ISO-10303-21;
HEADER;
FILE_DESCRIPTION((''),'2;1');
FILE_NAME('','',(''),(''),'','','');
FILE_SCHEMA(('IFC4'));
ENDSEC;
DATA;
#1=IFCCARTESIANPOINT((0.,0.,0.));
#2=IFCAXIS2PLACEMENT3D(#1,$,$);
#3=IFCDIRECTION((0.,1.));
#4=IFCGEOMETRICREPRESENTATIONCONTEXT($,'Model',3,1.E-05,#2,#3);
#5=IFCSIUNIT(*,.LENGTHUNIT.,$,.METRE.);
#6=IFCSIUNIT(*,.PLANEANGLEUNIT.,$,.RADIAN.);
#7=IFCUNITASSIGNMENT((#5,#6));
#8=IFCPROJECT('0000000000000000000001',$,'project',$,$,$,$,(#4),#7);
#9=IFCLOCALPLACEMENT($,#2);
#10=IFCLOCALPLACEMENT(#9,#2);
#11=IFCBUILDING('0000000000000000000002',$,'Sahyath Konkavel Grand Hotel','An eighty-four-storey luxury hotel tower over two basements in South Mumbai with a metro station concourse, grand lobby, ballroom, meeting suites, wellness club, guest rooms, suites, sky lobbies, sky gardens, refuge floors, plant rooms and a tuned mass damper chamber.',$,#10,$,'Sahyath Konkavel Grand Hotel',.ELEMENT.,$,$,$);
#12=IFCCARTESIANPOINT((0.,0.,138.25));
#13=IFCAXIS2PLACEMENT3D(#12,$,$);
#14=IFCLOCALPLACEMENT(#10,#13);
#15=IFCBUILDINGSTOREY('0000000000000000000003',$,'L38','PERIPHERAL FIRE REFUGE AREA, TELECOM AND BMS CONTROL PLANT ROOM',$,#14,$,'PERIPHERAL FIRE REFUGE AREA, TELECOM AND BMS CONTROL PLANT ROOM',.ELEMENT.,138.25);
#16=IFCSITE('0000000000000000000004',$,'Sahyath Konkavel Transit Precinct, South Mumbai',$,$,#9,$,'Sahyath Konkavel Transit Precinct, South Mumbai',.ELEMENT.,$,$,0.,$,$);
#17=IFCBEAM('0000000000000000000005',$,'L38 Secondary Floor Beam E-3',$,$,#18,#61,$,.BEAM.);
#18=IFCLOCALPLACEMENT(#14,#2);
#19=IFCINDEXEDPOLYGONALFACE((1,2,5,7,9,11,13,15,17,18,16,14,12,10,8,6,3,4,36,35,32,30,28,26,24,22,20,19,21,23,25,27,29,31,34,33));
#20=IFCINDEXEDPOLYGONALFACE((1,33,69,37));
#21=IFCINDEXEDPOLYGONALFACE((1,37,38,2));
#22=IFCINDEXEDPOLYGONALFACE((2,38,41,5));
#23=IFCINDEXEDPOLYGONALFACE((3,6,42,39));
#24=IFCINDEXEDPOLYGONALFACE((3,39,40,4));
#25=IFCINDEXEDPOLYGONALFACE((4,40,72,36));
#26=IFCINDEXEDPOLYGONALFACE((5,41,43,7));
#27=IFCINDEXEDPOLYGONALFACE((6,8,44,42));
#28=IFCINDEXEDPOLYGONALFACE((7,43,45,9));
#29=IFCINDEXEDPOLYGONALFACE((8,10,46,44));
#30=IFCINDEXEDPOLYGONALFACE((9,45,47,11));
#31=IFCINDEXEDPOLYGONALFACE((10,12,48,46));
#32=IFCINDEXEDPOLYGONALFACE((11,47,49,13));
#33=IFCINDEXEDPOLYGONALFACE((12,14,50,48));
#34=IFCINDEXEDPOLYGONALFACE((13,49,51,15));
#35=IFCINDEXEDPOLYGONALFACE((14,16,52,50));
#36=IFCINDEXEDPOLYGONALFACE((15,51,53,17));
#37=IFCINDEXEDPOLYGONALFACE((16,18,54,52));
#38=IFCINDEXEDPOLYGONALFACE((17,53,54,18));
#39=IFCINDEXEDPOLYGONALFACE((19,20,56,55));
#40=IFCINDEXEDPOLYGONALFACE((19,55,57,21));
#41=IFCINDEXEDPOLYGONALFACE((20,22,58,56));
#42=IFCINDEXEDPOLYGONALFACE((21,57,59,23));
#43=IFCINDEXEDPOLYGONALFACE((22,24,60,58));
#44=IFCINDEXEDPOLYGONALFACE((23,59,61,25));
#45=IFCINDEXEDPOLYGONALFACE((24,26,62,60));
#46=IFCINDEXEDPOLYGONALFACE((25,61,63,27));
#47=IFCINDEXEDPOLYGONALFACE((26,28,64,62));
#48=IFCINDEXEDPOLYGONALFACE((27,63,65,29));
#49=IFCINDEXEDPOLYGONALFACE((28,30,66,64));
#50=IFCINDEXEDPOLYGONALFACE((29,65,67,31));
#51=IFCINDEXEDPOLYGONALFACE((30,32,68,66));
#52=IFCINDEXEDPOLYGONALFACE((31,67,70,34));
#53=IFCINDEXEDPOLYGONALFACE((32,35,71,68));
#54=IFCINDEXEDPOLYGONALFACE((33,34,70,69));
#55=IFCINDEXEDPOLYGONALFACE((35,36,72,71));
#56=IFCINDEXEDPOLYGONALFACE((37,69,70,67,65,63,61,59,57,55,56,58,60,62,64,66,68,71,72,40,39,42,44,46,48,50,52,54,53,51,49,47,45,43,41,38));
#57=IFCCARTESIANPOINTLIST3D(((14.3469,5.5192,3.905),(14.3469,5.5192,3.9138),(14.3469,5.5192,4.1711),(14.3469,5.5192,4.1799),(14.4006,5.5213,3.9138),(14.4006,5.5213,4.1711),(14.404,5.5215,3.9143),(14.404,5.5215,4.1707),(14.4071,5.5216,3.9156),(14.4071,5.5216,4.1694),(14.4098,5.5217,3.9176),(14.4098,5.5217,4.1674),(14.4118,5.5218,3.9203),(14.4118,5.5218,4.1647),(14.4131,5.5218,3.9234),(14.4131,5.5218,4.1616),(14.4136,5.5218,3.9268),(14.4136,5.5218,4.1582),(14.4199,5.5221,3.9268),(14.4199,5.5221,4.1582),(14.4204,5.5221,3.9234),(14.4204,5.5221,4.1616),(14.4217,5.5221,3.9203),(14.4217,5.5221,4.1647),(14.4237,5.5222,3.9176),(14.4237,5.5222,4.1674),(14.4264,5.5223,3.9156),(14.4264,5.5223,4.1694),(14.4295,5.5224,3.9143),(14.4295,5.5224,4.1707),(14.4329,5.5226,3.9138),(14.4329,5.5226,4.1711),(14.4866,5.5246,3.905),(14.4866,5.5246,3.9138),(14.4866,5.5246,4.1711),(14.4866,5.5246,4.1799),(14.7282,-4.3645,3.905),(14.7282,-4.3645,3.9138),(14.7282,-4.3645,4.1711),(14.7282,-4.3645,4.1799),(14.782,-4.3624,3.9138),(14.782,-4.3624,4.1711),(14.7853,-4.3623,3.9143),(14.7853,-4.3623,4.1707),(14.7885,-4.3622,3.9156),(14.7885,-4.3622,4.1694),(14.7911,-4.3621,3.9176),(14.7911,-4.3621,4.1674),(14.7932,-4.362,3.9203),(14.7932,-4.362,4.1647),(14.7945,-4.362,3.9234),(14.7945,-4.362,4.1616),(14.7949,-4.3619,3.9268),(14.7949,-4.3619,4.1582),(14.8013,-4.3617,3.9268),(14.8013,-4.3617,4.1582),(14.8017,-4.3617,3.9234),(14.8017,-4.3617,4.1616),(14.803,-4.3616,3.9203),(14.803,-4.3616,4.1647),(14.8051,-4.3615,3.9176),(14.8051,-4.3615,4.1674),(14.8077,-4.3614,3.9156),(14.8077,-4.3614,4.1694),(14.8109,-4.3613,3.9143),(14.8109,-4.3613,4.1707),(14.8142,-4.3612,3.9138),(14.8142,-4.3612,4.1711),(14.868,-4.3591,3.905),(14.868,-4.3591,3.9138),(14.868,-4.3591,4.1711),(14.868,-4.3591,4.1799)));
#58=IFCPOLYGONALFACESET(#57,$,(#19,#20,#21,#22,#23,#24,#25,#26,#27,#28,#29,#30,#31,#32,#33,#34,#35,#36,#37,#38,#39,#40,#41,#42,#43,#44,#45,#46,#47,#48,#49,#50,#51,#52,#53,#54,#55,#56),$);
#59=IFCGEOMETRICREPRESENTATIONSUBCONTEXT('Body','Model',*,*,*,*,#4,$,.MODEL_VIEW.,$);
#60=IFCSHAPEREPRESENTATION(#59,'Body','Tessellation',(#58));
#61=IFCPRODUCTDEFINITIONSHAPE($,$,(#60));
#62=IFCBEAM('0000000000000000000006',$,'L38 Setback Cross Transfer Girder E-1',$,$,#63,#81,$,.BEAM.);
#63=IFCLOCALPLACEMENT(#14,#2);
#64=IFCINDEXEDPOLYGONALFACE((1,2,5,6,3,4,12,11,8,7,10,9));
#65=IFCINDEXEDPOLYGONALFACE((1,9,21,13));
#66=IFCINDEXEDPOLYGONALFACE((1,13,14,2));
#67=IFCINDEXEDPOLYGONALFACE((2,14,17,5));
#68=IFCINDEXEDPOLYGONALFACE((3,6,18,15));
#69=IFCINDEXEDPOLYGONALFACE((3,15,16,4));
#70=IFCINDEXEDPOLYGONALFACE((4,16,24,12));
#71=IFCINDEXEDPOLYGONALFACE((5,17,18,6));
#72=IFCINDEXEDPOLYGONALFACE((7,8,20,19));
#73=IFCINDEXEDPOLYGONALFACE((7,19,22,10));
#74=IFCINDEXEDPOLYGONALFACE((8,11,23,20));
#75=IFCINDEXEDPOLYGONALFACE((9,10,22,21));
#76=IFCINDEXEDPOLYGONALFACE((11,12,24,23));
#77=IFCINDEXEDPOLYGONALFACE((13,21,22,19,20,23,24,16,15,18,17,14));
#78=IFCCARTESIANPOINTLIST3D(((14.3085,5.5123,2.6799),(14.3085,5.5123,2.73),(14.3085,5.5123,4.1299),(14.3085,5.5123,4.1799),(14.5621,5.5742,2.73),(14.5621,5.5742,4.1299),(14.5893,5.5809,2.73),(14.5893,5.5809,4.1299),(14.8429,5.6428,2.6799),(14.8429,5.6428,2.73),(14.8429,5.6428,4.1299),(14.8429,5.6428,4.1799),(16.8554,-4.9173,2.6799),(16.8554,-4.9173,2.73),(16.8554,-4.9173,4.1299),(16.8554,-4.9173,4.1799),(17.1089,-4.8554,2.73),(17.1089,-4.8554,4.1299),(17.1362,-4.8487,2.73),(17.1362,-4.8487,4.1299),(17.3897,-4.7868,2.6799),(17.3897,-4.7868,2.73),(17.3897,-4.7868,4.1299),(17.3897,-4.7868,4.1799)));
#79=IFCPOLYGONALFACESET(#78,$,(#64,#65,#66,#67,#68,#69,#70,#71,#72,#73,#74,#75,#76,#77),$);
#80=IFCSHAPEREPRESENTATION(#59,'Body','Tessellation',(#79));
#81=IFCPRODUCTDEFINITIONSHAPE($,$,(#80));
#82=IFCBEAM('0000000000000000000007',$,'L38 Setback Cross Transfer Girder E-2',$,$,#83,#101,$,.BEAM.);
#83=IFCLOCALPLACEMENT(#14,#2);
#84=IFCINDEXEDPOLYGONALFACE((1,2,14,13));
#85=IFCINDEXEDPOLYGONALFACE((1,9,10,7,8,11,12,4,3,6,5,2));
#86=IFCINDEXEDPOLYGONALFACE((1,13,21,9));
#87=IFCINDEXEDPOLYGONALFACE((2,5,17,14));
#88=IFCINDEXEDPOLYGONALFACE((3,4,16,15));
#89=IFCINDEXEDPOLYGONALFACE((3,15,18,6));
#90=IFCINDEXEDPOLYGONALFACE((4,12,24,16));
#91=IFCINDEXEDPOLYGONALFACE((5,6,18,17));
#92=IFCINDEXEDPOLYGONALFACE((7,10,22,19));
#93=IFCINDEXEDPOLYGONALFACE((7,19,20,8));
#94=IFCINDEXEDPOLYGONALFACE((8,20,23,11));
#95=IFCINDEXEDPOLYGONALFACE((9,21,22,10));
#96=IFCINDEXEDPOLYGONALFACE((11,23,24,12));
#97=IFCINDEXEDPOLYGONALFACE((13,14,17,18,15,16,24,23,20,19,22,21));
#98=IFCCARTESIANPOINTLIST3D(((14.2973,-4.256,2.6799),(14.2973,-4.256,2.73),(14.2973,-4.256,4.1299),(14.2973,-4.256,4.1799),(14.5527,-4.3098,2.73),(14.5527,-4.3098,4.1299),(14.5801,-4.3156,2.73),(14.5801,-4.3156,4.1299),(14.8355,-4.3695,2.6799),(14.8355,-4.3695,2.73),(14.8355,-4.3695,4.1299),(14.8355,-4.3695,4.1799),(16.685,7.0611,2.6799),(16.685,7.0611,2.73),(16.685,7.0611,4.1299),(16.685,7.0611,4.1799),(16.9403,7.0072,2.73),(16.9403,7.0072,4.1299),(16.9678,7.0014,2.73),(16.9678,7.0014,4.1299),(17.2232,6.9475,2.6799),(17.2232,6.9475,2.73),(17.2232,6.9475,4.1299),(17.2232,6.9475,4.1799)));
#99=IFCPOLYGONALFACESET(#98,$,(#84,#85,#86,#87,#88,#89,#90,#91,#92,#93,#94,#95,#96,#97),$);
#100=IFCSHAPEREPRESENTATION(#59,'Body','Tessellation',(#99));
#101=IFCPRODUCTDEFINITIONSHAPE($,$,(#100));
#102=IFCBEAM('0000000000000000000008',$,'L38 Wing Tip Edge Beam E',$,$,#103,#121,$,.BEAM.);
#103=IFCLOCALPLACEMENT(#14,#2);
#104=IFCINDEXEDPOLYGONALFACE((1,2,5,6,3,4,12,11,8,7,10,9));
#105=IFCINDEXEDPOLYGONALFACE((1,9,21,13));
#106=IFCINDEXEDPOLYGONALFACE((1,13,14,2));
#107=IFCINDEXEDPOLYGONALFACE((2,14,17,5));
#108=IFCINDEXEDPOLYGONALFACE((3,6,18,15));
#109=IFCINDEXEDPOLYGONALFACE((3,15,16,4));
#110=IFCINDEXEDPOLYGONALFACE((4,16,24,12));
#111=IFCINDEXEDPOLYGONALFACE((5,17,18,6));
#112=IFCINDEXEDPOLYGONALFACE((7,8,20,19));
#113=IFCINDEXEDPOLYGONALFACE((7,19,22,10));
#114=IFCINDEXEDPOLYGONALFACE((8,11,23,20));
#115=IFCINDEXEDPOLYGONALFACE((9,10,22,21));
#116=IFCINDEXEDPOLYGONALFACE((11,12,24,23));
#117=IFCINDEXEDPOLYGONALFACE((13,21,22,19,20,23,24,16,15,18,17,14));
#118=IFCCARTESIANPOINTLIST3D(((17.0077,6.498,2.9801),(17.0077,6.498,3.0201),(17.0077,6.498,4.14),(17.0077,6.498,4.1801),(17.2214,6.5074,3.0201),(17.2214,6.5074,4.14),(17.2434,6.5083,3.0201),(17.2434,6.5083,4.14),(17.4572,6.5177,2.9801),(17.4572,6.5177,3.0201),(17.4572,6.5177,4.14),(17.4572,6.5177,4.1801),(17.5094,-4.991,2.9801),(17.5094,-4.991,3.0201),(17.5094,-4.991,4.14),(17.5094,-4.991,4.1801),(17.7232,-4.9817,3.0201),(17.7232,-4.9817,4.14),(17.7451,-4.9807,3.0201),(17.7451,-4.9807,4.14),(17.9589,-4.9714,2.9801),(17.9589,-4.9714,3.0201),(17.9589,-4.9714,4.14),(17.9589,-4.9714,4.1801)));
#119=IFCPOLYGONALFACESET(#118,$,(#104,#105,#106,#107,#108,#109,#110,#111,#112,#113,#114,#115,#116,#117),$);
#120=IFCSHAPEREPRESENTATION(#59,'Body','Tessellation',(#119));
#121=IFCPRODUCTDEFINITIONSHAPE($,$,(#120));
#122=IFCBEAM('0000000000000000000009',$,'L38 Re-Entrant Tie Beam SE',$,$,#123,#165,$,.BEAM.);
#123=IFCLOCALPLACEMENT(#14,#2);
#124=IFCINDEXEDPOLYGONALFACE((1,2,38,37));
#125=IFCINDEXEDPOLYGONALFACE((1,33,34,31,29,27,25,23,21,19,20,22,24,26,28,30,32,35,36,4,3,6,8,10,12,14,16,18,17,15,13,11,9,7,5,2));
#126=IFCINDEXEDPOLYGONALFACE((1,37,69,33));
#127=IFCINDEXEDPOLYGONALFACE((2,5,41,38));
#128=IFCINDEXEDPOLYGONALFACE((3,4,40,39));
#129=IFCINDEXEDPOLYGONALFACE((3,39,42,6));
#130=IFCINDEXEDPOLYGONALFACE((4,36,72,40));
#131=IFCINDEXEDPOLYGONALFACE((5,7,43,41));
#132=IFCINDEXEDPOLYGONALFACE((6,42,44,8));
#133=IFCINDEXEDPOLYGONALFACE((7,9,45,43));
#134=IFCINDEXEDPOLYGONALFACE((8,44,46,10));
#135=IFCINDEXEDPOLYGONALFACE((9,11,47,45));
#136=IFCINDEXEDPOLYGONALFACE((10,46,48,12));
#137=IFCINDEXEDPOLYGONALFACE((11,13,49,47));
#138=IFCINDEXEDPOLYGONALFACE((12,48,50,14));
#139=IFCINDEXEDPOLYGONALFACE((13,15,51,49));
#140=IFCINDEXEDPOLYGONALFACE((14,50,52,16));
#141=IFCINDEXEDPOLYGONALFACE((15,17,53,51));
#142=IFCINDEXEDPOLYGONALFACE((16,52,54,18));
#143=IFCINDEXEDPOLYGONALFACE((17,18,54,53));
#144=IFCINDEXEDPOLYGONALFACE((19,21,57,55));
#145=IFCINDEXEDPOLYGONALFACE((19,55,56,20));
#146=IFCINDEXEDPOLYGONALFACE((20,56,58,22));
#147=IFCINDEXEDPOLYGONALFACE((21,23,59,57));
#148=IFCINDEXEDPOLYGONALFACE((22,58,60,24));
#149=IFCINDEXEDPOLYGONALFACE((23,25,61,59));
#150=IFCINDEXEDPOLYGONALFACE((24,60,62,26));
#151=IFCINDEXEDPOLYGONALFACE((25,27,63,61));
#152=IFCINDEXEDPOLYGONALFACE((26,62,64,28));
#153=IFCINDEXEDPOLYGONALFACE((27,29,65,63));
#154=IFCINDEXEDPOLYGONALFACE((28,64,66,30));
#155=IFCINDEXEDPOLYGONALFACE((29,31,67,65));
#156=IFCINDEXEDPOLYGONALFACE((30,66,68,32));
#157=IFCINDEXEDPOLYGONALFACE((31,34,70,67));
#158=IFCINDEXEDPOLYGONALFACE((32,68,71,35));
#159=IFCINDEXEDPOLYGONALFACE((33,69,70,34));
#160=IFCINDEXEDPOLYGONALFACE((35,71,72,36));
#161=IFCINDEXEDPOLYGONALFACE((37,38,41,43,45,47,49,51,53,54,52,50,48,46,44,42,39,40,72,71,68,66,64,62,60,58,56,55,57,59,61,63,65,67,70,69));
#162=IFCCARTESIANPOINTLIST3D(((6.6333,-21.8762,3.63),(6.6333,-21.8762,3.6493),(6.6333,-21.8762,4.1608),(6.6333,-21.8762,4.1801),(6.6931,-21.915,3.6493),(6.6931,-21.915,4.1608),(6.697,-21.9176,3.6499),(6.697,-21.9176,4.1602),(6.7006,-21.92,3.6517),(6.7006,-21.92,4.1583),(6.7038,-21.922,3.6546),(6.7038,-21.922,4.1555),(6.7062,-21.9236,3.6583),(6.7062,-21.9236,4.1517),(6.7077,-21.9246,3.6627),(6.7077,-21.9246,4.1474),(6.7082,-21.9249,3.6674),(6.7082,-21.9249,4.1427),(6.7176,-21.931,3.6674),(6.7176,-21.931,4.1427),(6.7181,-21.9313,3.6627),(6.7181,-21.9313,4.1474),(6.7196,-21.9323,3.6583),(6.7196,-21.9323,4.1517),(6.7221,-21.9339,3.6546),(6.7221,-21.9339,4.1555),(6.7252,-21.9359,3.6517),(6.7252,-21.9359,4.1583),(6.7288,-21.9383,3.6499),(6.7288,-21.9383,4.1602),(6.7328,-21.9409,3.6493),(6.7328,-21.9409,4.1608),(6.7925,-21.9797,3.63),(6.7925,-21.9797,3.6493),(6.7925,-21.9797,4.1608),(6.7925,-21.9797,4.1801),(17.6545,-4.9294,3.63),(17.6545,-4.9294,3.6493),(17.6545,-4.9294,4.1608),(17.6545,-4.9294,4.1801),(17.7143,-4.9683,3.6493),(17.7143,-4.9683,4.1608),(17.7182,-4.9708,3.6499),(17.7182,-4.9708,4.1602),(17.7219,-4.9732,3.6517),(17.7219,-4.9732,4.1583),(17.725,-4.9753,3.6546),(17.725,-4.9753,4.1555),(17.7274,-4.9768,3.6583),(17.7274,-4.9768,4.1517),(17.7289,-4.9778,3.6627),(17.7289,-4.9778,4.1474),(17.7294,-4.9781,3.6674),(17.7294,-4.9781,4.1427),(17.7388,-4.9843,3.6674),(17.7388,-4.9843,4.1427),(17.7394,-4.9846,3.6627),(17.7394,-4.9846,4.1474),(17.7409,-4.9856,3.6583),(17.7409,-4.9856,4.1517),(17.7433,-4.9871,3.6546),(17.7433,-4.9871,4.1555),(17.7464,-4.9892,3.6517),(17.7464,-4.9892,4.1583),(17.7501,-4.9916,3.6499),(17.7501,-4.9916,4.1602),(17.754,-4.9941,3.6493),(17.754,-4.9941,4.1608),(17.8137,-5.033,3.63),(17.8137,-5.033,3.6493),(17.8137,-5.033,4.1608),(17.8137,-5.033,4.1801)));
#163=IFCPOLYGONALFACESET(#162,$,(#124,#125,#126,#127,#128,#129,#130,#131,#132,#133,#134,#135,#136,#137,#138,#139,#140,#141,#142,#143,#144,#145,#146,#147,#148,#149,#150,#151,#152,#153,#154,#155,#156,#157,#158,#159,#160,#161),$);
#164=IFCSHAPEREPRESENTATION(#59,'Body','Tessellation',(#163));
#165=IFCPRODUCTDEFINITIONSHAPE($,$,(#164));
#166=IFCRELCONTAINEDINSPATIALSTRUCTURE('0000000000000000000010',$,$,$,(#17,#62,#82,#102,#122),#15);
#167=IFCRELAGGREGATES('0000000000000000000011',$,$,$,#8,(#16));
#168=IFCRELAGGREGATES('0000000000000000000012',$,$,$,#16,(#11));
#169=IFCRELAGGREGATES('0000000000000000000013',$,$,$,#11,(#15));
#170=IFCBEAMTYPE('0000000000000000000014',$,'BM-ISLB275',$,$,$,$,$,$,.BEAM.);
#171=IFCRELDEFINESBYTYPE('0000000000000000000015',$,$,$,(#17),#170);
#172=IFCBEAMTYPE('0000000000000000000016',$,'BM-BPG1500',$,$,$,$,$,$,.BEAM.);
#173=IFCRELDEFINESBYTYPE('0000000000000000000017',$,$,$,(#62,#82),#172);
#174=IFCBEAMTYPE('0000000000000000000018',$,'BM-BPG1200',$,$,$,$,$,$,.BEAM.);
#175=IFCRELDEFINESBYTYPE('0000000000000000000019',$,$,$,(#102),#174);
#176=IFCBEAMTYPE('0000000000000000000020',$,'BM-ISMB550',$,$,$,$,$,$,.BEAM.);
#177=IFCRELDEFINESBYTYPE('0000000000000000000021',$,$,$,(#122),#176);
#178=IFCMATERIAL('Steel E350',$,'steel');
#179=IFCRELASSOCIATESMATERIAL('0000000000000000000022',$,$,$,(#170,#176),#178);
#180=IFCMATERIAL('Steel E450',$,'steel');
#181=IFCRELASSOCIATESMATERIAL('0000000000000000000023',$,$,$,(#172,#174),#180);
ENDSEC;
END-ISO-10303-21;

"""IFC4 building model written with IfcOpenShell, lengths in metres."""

from ifc_helpers import new_model, si_unit, direction, frame, origin, origin_2d, place, context, subcontext, project, spatial, i_section, extrude, source, transform, mapped, material, material_profile, profile_set, type_object, element, save


model = new_model("IFC4")

# Units and contexts
model_context = context("Model", 3, precision=1e-05, world=origin(), true_north=direction((0.0, 1.0)))
body_context = subcontext(model_context, "Body", "Model", "MODEL_VIEW")
ifc_project = project(units=[si_unit("LENGTHUNIT", "METRE"), si_unit("PLANEANGLEUNIT", "RADIAN")], contexts=[model_context])

# Site, building, storey
site_placement = place(None, origin())
site = spatial("IfcSite", under=ifc_project, at=site_placement, Name="Sahyath Konkavel Transit Precinct, South Mumbai", LongName="Sahyath Konkavel Transit Precinct, South Mumbai", CompositionType="ELEMENT", RefElevation=0.0)
building_placement = place(site_placement, origin())
building = spatial("IfcBuilding", under=site, at=building_placement, Name="Sahyath Konkavel Grand Hotel", Description="An eighty-four-storey luxury hotel tower over two basements in South Mumbai with a metro station concourse, grand lobby, ballroom, meeting suites, wellness club, guest rooms, suites, sky lobbies, sky gardens, refuge floors, plant rooms and a tuned mass damper chamber.", LongName="Sahyath Konkavel Grand Hotel", CompositionType="ELEMENT")
storey_placement = place(building_placement, frame((0.0, 0.0, 138.25)))
storey = spatial("IfcBuildingStorey", under=building, at=storey_placement, Name="L38", Description="PERIPHERAL FIRE REFUGE AREA, TELECOM AND BMS CONTROL PLANT ROOM", LongName="PERIPHERAL FIRE REFUGE AREA, TELECOM AND BMS CONTROL PLANT ROOM", CompositionType="ELEMENT", Elevation=138.25)

# Shared definitions
ifc_material_1 = material(Name="Steel E450", Category="steel")

# Beams
ifc_material_2 = material(Name="Steel E350", Category="steel")
ifc_material_profile_1 = material_profile(ifc_material_2, i_section(OverallWidth=0.1399, OverallDepth=0.2749, WebThickness=0.0063, FlangeThickness=0.0088, FilletRadius=0.0129, at=origin_2d()), Name="ISLB 275")
ifc_profile_set_1 = profile_set([ifc_material_profile_1], Name="Steel E350")
beam_type_1 = type_object("IfcBeamType", Name="BM-ISLB275", PredefinedType="BEAM", material=ifc_profile_set_1)
shared_shape_1 = source(origin(), body_context, "Body", "SweptSolid", [
    extrude(i_section(OverallWidth=0.1399, OverallDepth=0.2749, WebThickness=0.0063, FlangeThickness=0.0088, FilletRadius=0.0129, at=origin_2d()), origin(), (0.0, 0.0, 1.0), 9.8911),
])
beam_1_placement = place(storey_placement, frame((14.7981, -4.3618, 4.0425), z_axis=(-0.038554, 0.999257, 0.0), x_axis=(-0.999257, -0.038554, 0.0)))
element("IfcBeam", 1, at=beam_1_placement, inside=storey, type_object=beam_type_1, Name="L38 Secondary Floor Beam E-3", PredefinedType="BEAM", context=body_context, shape_type="MappedRepresentation", body=[
    mapped(shared_shape_1, transform((0.0, 0.0, 0.0), scale=1.0)),
])
ifc_material_profile_2 = material_profile(ifc_material_1, i_section(OverallWidth=0.55, OverallDepth=1.5, WebThickness=0.0281, FlangeThickness=0.05, at=origin_2d()), Name="BPG 1500x550")
ifc_profile_set_2 = profile_set([ifc_material_profile_2], Name="Steel E450")
beam_type_2 = type_object("IfcBeamType", Name="BM-BPG1500", PredefinedType="BEAM", material=ifc_profile_set_2)
shared_shape_2 = source(origin(), body_context, "Body", "SweptSolid", [
    extrude(i_section(OverallWidth=0.55, OverallDepth=1.5, WebThickness=0.0281, FlangeThickness=0.05, at=origin_2d()), origin(), (0.0, 0.0, 1.0), 10.7361),
])
beam_2_placement = place(storey_placement, frame((17.1226, -4.8521, 3.4299), z_axis=(-0.237224, 0.971455, 0.0), x_axis=(-0.971455, -0.237224, 0.0)))
element("IfcBeam", 2, at=beam_2_placement, inside=storey, type_object=beam_type_2, Name="L38 Setback Cross Transfer Girder E-1", PredefinedType="BEAM", context=body_context, shape_type="MappedRepresentation", body=[
    mapped(shared_shape_2, transform((0.0, 0.0, 0.0), scale=1.0)),
])
shared_shape_3 = source(origin(), body_context, "Body", "SweptSolid", [
    extrude(i_section(OverallWidth=0.55, OverallDepth=1.5, WebThickness=0.0281, FlangeThickness=0.05, at=origin_2d()), origin(), (0.0, 0.0, 1.0), 11.5662),
])
beam_3_placement = place(storey_placement, frame((14.5664, -4.3127, 3.4299), z_axis=(0.206436, 0.97846, 0.0), x_axis=(-0.97846, 0.206436, 0.0)))
element("IfcBeam", 3, at=beam_3_placement, inside=storey, type_object=beam_type_2, Name="L38 Setback Cross Transfer Girder E-2", PredefinedType="BEAM", context=body_context, shape_type="MappedRepresentation", body=[
    mapped(shared_shape_3, transform((0.0, 0.0, 0.0), scale=1.0)),
])
ifc_material_profile_3 = material_profile(ifc_material_1, i_section(OverallWidth=0.45, OverallDepth=1.2, WebThickness=0.022, FlangeThickness=0.04, at=origin_2d()), Name="BPG 1200x450")
ifc_profile_set_3 = profile_set([ifc_material_profile_3], Name="Steel E450")
beam_type_3 = type_object("IfcBeamType", Name="BM-BPG1200", PredefinedType="BEAM", material=ifc_profile_set_3)
shared_shape_4 = source(origin(), body_context, "Body", "SweptSolid", [
    extrude(i_section(OverallWidth=0.45, OverallDepth=1.2, WebThickness=0.022, FlangeThickness=0.04, at=origin_2d()), origin(), (0.0, 0.0, 1.0), 11.5),
])
beam_4_placement = place(storey_placement, frame((17.7341, -4.9812, 3.5801), z_axis=(-0.043627, 0.999048, 0.0), x_axis=(-0.999048, -0.043627, 0.0)))
element("IfcBeam", 4, at=beam_4_placement, inside=storey, type_object=beam_type_3, Name="L38 Wing Tip Edge Beam E", PredefinedType="BEAM", context=body_context, shape_type="MappedRepresentation", body=[
    mapped(shared_shape_4, transform((0.0, 0.0, 0.0), scale=1.0)),
])
ifc_material_profile_4 = material_profile(ifc_material_2, i_section(OverallWidth=0.1899, OverallDepth=0.55, WebThickness=0.0112, FlangeThickness=0.0193, FilletRadius=0.0181, at=origin_2d()), Name="ISMB 550")
ifc_profile_set_4 = profile_set([ifc_material_profile_4], Name="Steel E350")
beam_type_4 = type_object("IfcBeamType", Name="BM-ISMB550", PredefinedType="BEAM", material=ifc_profile_set_4)
shared_shape_5 = source(origin(), body_context, "Body", "SweptSolid", [
    extrude(i_section(OverallWidth=0.1899, OverallDepth=0.55, WebThickness=0.0112, FlangeThickness=0.0193, FilletRadius=0.0181, at=origin_2d()), origin(), (0.0, 0.0, 1.0), 20.2153),
])
beam_5_placement = place(storey_placement, frame((17.7341, -4.9812, 3.905), z_axis=(-0.545191, -0.838312, 0.0), x_axis=(0.838312, -0.545191, 0.0)))
element("IfcBeam", 5, at=beam_5_placement, inside=storey, type_object=beam_type_4, Name="L38 Re-Entrant Tie Beam SE", PredefinedType="BEAM", context=body_context, shape_type="MappedRepresentation", body=[
    mapped(shared_shape_5, transform((0.0, 0.0, 0.0), scale=1.0)),
])

save(model, "model.ifc")
